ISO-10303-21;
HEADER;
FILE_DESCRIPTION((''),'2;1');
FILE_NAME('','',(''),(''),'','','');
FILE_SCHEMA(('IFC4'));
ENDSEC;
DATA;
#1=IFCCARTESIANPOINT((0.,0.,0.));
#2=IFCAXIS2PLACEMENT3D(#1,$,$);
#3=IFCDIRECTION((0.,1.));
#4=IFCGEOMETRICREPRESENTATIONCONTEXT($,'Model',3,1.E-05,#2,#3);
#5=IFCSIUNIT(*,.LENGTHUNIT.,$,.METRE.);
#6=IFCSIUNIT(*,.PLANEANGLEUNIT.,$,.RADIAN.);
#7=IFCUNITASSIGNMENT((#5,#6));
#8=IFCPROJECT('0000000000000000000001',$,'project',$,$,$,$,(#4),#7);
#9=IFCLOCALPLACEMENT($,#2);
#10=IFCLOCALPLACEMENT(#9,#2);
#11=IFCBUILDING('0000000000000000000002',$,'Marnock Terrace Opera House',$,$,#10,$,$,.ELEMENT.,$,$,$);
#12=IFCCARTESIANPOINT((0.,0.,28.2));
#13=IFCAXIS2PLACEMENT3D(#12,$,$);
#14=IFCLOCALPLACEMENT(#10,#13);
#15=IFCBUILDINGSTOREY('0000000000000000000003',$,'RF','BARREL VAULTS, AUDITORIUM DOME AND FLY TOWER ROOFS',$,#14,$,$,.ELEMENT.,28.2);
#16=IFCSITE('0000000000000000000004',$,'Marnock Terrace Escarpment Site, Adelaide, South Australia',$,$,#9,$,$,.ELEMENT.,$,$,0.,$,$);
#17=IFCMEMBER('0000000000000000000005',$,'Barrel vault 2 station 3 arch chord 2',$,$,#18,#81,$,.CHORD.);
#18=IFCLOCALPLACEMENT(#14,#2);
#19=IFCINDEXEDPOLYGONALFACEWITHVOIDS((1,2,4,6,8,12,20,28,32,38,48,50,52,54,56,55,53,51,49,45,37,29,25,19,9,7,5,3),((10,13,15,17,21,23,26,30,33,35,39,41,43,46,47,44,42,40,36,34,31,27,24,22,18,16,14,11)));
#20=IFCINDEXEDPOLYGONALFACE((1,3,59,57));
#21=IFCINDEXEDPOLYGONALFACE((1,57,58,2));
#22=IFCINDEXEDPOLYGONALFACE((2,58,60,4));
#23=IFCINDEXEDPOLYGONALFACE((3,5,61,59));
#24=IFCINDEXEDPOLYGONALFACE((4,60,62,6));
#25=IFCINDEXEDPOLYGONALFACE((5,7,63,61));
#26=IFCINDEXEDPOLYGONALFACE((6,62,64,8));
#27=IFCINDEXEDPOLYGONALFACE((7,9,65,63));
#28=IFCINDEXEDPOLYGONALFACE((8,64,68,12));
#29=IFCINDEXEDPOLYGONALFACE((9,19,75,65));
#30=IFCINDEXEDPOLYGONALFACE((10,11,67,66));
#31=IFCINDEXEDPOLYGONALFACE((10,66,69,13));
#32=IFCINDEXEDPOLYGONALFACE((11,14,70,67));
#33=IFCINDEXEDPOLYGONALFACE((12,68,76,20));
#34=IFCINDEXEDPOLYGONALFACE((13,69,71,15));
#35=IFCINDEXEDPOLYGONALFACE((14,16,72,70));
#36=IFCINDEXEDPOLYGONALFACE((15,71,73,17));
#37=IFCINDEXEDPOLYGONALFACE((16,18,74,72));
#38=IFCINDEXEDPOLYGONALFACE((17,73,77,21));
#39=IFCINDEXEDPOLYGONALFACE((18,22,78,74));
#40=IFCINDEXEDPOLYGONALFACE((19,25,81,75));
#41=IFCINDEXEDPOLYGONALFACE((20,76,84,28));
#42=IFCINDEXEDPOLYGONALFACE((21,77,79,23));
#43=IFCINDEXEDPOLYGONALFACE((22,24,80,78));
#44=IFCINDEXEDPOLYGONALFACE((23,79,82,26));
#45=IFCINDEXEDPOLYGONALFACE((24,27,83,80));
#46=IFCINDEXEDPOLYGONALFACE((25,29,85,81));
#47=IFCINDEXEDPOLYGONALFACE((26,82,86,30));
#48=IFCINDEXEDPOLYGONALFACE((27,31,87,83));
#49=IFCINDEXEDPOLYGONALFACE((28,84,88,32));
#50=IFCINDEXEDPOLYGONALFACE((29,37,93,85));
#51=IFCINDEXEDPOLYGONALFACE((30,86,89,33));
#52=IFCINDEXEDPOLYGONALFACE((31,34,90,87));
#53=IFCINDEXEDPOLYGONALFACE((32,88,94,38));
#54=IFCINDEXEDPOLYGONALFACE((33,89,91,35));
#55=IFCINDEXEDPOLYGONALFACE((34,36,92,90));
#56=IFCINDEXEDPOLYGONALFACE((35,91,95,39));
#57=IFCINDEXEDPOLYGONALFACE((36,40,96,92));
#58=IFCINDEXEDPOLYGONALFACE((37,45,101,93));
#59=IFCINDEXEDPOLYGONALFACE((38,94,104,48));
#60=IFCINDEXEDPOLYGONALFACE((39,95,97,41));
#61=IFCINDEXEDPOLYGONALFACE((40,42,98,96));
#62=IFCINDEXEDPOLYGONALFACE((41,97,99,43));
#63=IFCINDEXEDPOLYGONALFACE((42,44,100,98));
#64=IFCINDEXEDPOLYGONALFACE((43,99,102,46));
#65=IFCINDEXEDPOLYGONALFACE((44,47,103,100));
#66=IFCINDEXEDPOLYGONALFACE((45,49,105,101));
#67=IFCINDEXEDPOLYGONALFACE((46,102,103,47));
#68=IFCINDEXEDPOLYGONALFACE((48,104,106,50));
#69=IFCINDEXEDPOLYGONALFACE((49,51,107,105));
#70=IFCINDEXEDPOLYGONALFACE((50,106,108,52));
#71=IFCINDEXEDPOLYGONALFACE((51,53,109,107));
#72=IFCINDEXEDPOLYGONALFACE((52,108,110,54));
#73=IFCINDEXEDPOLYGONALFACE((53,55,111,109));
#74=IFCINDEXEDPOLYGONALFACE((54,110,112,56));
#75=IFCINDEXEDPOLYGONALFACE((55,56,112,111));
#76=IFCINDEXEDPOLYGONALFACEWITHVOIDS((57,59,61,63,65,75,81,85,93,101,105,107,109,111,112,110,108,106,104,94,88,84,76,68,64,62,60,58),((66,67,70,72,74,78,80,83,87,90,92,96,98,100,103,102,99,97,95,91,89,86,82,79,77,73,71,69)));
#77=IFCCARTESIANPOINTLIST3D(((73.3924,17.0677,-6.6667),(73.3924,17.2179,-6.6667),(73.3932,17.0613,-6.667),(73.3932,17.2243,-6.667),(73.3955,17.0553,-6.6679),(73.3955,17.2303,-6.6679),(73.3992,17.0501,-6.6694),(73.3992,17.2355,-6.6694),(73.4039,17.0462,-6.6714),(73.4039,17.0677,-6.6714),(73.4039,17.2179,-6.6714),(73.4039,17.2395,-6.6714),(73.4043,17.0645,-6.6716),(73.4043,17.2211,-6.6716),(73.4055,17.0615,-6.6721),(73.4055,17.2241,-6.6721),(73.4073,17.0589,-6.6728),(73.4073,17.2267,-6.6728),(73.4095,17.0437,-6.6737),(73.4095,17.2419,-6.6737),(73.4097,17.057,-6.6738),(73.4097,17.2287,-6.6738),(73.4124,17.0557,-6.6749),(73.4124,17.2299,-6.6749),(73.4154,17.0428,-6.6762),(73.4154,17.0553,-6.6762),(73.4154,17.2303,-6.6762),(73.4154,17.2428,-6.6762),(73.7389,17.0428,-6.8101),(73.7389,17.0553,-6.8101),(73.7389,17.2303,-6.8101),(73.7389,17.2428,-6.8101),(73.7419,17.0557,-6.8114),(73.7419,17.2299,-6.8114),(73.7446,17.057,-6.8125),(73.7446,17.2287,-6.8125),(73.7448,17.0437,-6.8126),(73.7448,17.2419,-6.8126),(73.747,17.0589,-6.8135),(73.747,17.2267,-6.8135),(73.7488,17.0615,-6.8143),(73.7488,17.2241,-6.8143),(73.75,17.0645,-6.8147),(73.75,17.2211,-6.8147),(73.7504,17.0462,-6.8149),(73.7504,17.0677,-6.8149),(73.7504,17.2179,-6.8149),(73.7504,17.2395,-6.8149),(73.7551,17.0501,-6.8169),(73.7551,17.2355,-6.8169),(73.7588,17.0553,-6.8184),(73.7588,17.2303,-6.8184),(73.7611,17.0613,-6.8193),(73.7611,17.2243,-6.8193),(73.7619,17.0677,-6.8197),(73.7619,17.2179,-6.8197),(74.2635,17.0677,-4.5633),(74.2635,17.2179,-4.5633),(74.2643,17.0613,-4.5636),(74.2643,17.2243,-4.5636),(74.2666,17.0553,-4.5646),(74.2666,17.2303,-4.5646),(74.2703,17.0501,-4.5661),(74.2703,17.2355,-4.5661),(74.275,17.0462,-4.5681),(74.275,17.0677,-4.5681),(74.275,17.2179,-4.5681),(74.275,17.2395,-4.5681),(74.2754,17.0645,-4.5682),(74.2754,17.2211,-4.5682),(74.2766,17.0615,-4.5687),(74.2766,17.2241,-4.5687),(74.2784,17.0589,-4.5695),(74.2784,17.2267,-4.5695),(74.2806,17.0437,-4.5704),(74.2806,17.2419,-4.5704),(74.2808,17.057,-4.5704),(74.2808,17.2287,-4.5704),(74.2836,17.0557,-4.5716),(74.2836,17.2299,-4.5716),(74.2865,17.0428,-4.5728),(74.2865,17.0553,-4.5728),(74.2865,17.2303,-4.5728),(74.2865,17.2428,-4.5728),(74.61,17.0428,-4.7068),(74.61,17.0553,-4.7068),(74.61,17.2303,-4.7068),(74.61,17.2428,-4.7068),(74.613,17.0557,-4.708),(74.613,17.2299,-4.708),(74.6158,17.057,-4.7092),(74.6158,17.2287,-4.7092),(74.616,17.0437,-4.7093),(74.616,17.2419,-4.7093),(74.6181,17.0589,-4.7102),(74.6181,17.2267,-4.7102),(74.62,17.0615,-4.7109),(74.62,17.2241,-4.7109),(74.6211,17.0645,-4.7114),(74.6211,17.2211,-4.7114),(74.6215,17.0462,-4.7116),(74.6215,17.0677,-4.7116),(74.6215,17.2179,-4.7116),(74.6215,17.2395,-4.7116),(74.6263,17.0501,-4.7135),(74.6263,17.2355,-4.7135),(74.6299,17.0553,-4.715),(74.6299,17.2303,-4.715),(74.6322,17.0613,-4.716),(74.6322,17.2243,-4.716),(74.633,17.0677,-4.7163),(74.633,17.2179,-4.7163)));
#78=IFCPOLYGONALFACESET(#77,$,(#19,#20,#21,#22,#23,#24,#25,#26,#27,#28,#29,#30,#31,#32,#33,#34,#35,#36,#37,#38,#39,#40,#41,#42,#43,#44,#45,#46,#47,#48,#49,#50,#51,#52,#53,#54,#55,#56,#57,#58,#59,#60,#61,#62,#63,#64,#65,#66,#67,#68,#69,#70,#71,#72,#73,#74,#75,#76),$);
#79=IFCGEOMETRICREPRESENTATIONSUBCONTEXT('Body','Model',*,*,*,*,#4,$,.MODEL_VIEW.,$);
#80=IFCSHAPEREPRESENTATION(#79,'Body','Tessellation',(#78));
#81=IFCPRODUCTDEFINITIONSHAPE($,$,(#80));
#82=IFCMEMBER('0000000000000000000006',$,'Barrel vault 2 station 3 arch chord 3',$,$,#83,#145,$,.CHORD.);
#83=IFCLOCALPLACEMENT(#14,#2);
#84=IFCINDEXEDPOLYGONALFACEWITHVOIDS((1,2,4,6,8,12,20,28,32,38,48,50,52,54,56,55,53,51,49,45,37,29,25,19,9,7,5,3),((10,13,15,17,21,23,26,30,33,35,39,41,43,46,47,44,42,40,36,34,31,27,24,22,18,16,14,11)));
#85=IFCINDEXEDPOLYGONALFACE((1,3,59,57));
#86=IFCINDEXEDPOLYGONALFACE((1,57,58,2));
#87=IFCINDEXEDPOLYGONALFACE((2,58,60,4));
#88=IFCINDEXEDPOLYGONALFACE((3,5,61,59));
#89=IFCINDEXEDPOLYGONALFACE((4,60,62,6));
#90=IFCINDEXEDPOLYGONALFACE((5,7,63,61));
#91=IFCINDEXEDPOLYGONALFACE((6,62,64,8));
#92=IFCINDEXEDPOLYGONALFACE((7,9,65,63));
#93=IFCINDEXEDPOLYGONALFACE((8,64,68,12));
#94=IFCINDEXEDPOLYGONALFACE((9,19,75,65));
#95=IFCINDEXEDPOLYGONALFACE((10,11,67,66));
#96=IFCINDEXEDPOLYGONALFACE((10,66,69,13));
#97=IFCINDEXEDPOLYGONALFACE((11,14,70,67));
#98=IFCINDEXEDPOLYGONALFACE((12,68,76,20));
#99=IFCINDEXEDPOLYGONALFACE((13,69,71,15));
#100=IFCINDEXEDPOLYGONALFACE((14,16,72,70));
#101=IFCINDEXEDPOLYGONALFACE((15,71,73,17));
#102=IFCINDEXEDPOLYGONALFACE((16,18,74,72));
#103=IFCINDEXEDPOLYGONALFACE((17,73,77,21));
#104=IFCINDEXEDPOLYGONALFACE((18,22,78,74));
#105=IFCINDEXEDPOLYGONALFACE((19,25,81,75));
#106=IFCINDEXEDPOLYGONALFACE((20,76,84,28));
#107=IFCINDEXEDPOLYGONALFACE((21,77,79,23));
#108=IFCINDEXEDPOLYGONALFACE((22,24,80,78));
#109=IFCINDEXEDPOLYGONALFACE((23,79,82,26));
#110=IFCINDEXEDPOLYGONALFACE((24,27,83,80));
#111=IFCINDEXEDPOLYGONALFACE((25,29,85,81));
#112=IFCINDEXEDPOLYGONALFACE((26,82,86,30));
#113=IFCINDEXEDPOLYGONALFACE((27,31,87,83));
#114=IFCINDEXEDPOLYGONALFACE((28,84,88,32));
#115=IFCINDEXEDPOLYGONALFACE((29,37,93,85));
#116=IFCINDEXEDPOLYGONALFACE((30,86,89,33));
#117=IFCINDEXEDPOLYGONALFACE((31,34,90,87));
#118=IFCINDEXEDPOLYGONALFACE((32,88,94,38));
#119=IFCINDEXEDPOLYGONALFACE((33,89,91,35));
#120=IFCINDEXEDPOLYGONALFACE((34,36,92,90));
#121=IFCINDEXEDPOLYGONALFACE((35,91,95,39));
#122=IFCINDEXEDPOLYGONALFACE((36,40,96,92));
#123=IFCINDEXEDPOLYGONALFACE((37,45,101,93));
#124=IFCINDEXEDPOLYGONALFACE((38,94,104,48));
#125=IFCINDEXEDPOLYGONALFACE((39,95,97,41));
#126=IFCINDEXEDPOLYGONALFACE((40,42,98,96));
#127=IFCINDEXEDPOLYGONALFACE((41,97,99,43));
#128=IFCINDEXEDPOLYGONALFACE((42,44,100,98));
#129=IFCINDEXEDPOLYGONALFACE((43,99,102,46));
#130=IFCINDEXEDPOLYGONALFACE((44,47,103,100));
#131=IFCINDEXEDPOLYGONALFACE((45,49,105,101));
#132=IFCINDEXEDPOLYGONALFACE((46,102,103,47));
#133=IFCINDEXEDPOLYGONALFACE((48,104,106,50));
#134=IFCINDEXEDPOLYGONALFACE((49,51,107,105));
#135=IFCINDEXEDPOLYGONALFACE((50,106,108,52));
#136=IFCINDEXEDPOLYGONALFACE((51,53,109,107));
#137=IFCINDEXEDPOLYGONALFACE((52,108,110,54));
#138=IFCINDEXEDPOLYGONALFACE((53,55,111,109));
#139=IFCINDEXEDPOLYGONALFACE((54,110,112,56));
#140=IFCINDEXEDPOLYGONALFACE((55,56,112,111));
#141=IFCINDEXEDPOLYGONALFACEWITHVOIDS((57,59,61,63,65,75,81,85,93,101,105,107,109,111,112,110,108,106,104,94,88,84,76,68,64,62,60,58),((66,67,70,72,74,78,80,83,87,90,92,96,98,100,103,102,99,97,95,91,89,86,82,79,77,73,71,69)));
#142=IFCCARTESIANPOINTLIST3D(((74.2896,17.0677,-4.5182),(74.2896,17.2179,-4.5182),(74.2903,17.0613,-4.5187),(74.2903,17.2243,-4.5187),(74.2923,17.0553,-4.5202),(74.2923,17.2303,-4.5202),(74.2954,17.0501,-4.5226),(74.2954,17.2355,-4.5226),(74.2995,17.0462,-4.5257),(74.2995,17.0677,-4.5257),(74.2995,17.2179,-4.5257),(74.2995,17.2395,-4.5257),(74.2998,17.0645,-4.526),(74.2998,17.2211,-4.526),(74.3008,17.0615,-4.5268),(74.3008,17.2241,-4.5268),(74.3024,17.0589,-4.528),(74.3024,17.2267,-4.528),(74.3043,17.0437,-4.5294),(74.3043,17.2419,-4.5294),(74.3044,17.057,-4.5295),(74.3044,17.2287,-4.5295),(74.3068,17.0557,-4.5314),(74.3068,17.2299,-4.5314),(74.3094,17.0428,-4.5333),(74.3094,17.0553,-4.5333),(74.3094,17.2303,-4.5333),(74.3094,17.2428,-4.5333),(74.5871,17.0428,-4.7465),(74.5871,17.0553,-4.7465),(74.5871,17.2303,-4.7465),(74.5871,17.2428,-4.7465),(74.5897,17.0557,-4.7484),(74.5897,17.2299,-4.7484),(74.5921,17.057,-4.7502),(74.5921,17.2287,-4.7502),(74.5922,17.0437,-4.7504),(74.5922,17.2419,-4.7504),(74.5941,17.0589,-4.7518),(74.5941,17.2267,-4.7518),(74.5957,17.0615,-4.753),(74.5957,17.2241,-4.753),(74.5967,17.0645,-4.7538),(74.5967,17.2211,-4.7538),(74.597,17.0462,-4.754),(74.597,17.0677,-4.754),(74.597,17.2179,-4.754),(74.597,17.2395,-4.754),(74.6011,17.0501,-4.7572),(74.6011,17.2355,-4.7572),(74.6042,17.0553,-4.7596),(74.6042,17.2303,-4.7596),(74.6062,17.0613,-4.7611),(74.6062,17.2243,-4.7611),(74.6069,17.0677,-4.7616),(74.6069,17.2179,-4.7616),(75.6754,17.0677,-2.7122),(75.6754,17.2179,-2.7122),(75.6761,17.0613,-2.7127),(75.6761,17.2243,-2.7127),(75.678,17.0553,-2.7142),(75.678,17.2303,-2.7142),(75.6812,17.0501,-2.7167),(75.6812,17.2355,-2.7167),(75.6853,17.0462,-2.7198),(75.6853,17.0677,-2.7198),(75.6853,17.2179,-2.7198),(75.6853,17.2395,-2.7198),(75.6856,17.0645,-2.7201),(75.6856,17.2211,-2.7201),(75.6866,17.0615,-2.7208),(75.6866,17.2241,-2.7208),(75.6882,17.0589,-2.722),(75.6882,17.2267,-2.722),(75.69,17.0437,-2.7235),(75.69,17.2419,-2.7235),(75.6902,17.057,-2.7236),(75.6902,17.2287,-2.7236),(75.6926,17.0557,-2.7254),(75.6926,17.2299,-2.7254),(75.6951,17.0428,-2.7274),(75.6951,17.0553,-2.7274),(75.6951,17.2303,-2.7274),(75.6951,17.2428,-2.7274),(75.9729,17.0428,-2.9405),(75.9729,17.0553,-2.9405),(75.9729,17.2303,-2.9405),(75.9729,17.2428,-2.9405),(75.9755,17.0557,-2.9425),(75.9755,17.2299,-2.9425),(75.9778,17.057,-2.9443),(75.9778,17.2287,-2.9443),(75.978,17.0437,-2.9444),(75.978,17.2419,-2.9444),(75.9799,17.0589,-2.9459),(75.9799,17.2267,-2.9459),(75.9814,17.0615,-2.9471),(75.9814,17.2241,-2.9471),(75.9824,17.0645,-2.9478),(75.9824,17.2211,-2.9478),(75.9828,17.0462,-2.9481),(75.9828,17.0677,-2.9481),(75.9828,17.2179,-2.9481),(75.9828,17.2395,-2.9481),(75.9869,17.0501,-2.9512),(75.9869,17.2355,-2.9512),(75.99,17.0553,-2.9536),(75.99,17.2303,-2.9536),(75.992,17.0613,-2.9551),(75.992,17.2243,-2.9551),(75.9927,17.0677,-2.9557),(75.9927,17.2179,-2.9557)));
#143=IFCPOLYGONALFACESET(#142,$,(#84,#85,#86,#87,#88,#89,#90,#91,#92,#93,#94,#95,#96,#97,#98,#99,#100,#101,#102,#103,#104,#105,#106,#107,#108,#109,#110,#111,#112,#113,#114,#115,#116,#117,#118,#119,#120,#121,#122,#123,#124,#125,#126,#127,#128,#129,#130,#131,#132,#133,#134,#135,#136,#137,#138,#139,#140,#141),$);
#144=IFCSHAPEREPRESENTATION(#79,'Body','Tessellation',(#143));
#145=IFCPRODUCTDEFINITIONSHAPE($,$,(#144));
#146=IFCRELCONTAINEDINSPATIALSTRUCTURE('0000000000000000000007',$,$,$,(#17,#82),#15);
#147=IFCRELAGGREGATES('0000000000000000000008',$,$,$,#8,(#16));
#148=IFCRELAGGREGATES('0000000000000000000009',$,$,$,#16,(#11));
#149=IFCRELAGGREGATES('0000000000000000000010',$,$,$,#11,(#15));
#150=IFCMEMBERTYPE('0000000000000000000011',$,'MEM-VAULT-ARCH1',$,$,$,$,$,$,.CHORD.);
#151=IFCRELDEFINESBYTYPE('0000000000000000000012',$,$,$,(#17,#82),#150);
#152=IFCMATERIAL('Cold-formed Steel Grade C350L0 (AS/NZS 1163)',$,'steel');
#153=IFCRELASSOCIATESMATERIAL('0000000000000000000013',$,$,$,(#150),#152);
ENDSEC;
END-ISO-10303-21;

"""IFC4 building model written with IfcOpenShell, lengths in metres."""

from ifc_helpers import new_model, si_unit, direction, frame, origin, origin_2d, place, context, subcontext, project, spatial, hollow_rectangle, extrude, material, material_profile, profile_set, type_object, element, save


model = new_model("IFC4")

# Units and contexts
model_context = context("Model", 3, precision=1e-05, world=origin(), true_north=direction((0.0, 1.0)))
body_context = subcontext(model_context, "Body", "Model", "MODEL_VIEW")
ifc_project = project(units=[si_unit("LENGTHUNIT", "METRE"), si_unit("PLANEANGLEUNIT", "RADIAN")], contexts=[model_context])

# Site, building, storey
site_placement = place(None, origin())
site = spatial("IfcSite", under=ifc_project, at=site_placement, Name="Marnock Terrace Escarpment Site, Adelaide, South Australia", CompositionType="ELEMENT", RefElevation=0.0)
building_placement = place(site_placement, origin())
building = spatial("IfcBuilding", under=site, at=building_placement, Name="Marnock Terrace Opera House", CompositionType="ELEMENT")
storey_placement = place(building_placement, frame((0.0, 0.0, 28.2)))
storey = spatial("IfcBuildingStorey", under=building, at=storey_placement, Name="RF", Description="BARREL VAULTS, AUDITORIUM DOME AND FLY TOWER ROOFS", CompositionType="ELEMENT", Elevation=28.2)

# Members
ifc_material = material(Name="Cold-formed Steel Grade C350L0 (AS/NZS 1163)", Category="steel")
ifc_material_profile_1 = material_profile(ifc_material, hollow_rectangle(XDim=0.2, YDim=0.3999, WallThickness=0.0125, InnerFilletRadius=0.0125, OuterFilletRadius=0.0249, at=origin_2d()))
ifc_profile_set_1 = profile_set([ifc_material_profile_1], Name="Cold-formed Steel Grade C350L0 (AS/NZS 1163)")
member_type_1 = type_object("IfcMemberType", Name="MEM-VAULT-ARCH1", PredefinedType="CHORD", material=ifc_profile_set_1)
member_1_placement = place(storey_placement, frame((73.5771, 17.1428, -6.7432), z_axis=(0.382642, 0.0, 0.923897), x_axis=(0.0, 1.0, 0.0)))
element("IfcMember", 1, at=member_1_placement, inside=storey, type_object=member_type_1, Name="Barrel vault 2 station 3 arch chord 2", PredefinedType="CHORD", context=body_context, shape_type="SweptSolid", body=[
    extrude(hollow_rectangle(XDim=0.2, YDim=0.3999, WallThickness=0.0125, InnerFilletRadius=0.0125, OuterFilletRadius=0.0249, at=origin_2d()), origin(), (0.0, 0.0, 1.0), 2.2766),
])
for number, where, z_axis, x_axis, name in (
    (2, (74.4482, 17.1428, -4.6399), (0.608767, 0.0, 0.793349), (0.0, 1.0, 0.0), "Barrel vault 2 station 3 arch chord 3"),
):
    element("IfcMember", number, at=place(storey_placement, frame(where, z_axis=z_axis, x_axis=x_axis)), inside=storey, type_object=member_type_1, Name=name, PredefinedType="CHORD", context=body_context, shape_type="SweptSolid", body=[
        extrude(hollow_rectangle(XDim=0.2, YDim=0.3999, WallThickness=0.0125, InnerFilletRadius=0.0125, OuterFilletRadius=0.0249, at=origin_2d()), origin(), (0.0, 0.0, 1.0), 2.2764),
    ])

save(model, "model.ifc")
